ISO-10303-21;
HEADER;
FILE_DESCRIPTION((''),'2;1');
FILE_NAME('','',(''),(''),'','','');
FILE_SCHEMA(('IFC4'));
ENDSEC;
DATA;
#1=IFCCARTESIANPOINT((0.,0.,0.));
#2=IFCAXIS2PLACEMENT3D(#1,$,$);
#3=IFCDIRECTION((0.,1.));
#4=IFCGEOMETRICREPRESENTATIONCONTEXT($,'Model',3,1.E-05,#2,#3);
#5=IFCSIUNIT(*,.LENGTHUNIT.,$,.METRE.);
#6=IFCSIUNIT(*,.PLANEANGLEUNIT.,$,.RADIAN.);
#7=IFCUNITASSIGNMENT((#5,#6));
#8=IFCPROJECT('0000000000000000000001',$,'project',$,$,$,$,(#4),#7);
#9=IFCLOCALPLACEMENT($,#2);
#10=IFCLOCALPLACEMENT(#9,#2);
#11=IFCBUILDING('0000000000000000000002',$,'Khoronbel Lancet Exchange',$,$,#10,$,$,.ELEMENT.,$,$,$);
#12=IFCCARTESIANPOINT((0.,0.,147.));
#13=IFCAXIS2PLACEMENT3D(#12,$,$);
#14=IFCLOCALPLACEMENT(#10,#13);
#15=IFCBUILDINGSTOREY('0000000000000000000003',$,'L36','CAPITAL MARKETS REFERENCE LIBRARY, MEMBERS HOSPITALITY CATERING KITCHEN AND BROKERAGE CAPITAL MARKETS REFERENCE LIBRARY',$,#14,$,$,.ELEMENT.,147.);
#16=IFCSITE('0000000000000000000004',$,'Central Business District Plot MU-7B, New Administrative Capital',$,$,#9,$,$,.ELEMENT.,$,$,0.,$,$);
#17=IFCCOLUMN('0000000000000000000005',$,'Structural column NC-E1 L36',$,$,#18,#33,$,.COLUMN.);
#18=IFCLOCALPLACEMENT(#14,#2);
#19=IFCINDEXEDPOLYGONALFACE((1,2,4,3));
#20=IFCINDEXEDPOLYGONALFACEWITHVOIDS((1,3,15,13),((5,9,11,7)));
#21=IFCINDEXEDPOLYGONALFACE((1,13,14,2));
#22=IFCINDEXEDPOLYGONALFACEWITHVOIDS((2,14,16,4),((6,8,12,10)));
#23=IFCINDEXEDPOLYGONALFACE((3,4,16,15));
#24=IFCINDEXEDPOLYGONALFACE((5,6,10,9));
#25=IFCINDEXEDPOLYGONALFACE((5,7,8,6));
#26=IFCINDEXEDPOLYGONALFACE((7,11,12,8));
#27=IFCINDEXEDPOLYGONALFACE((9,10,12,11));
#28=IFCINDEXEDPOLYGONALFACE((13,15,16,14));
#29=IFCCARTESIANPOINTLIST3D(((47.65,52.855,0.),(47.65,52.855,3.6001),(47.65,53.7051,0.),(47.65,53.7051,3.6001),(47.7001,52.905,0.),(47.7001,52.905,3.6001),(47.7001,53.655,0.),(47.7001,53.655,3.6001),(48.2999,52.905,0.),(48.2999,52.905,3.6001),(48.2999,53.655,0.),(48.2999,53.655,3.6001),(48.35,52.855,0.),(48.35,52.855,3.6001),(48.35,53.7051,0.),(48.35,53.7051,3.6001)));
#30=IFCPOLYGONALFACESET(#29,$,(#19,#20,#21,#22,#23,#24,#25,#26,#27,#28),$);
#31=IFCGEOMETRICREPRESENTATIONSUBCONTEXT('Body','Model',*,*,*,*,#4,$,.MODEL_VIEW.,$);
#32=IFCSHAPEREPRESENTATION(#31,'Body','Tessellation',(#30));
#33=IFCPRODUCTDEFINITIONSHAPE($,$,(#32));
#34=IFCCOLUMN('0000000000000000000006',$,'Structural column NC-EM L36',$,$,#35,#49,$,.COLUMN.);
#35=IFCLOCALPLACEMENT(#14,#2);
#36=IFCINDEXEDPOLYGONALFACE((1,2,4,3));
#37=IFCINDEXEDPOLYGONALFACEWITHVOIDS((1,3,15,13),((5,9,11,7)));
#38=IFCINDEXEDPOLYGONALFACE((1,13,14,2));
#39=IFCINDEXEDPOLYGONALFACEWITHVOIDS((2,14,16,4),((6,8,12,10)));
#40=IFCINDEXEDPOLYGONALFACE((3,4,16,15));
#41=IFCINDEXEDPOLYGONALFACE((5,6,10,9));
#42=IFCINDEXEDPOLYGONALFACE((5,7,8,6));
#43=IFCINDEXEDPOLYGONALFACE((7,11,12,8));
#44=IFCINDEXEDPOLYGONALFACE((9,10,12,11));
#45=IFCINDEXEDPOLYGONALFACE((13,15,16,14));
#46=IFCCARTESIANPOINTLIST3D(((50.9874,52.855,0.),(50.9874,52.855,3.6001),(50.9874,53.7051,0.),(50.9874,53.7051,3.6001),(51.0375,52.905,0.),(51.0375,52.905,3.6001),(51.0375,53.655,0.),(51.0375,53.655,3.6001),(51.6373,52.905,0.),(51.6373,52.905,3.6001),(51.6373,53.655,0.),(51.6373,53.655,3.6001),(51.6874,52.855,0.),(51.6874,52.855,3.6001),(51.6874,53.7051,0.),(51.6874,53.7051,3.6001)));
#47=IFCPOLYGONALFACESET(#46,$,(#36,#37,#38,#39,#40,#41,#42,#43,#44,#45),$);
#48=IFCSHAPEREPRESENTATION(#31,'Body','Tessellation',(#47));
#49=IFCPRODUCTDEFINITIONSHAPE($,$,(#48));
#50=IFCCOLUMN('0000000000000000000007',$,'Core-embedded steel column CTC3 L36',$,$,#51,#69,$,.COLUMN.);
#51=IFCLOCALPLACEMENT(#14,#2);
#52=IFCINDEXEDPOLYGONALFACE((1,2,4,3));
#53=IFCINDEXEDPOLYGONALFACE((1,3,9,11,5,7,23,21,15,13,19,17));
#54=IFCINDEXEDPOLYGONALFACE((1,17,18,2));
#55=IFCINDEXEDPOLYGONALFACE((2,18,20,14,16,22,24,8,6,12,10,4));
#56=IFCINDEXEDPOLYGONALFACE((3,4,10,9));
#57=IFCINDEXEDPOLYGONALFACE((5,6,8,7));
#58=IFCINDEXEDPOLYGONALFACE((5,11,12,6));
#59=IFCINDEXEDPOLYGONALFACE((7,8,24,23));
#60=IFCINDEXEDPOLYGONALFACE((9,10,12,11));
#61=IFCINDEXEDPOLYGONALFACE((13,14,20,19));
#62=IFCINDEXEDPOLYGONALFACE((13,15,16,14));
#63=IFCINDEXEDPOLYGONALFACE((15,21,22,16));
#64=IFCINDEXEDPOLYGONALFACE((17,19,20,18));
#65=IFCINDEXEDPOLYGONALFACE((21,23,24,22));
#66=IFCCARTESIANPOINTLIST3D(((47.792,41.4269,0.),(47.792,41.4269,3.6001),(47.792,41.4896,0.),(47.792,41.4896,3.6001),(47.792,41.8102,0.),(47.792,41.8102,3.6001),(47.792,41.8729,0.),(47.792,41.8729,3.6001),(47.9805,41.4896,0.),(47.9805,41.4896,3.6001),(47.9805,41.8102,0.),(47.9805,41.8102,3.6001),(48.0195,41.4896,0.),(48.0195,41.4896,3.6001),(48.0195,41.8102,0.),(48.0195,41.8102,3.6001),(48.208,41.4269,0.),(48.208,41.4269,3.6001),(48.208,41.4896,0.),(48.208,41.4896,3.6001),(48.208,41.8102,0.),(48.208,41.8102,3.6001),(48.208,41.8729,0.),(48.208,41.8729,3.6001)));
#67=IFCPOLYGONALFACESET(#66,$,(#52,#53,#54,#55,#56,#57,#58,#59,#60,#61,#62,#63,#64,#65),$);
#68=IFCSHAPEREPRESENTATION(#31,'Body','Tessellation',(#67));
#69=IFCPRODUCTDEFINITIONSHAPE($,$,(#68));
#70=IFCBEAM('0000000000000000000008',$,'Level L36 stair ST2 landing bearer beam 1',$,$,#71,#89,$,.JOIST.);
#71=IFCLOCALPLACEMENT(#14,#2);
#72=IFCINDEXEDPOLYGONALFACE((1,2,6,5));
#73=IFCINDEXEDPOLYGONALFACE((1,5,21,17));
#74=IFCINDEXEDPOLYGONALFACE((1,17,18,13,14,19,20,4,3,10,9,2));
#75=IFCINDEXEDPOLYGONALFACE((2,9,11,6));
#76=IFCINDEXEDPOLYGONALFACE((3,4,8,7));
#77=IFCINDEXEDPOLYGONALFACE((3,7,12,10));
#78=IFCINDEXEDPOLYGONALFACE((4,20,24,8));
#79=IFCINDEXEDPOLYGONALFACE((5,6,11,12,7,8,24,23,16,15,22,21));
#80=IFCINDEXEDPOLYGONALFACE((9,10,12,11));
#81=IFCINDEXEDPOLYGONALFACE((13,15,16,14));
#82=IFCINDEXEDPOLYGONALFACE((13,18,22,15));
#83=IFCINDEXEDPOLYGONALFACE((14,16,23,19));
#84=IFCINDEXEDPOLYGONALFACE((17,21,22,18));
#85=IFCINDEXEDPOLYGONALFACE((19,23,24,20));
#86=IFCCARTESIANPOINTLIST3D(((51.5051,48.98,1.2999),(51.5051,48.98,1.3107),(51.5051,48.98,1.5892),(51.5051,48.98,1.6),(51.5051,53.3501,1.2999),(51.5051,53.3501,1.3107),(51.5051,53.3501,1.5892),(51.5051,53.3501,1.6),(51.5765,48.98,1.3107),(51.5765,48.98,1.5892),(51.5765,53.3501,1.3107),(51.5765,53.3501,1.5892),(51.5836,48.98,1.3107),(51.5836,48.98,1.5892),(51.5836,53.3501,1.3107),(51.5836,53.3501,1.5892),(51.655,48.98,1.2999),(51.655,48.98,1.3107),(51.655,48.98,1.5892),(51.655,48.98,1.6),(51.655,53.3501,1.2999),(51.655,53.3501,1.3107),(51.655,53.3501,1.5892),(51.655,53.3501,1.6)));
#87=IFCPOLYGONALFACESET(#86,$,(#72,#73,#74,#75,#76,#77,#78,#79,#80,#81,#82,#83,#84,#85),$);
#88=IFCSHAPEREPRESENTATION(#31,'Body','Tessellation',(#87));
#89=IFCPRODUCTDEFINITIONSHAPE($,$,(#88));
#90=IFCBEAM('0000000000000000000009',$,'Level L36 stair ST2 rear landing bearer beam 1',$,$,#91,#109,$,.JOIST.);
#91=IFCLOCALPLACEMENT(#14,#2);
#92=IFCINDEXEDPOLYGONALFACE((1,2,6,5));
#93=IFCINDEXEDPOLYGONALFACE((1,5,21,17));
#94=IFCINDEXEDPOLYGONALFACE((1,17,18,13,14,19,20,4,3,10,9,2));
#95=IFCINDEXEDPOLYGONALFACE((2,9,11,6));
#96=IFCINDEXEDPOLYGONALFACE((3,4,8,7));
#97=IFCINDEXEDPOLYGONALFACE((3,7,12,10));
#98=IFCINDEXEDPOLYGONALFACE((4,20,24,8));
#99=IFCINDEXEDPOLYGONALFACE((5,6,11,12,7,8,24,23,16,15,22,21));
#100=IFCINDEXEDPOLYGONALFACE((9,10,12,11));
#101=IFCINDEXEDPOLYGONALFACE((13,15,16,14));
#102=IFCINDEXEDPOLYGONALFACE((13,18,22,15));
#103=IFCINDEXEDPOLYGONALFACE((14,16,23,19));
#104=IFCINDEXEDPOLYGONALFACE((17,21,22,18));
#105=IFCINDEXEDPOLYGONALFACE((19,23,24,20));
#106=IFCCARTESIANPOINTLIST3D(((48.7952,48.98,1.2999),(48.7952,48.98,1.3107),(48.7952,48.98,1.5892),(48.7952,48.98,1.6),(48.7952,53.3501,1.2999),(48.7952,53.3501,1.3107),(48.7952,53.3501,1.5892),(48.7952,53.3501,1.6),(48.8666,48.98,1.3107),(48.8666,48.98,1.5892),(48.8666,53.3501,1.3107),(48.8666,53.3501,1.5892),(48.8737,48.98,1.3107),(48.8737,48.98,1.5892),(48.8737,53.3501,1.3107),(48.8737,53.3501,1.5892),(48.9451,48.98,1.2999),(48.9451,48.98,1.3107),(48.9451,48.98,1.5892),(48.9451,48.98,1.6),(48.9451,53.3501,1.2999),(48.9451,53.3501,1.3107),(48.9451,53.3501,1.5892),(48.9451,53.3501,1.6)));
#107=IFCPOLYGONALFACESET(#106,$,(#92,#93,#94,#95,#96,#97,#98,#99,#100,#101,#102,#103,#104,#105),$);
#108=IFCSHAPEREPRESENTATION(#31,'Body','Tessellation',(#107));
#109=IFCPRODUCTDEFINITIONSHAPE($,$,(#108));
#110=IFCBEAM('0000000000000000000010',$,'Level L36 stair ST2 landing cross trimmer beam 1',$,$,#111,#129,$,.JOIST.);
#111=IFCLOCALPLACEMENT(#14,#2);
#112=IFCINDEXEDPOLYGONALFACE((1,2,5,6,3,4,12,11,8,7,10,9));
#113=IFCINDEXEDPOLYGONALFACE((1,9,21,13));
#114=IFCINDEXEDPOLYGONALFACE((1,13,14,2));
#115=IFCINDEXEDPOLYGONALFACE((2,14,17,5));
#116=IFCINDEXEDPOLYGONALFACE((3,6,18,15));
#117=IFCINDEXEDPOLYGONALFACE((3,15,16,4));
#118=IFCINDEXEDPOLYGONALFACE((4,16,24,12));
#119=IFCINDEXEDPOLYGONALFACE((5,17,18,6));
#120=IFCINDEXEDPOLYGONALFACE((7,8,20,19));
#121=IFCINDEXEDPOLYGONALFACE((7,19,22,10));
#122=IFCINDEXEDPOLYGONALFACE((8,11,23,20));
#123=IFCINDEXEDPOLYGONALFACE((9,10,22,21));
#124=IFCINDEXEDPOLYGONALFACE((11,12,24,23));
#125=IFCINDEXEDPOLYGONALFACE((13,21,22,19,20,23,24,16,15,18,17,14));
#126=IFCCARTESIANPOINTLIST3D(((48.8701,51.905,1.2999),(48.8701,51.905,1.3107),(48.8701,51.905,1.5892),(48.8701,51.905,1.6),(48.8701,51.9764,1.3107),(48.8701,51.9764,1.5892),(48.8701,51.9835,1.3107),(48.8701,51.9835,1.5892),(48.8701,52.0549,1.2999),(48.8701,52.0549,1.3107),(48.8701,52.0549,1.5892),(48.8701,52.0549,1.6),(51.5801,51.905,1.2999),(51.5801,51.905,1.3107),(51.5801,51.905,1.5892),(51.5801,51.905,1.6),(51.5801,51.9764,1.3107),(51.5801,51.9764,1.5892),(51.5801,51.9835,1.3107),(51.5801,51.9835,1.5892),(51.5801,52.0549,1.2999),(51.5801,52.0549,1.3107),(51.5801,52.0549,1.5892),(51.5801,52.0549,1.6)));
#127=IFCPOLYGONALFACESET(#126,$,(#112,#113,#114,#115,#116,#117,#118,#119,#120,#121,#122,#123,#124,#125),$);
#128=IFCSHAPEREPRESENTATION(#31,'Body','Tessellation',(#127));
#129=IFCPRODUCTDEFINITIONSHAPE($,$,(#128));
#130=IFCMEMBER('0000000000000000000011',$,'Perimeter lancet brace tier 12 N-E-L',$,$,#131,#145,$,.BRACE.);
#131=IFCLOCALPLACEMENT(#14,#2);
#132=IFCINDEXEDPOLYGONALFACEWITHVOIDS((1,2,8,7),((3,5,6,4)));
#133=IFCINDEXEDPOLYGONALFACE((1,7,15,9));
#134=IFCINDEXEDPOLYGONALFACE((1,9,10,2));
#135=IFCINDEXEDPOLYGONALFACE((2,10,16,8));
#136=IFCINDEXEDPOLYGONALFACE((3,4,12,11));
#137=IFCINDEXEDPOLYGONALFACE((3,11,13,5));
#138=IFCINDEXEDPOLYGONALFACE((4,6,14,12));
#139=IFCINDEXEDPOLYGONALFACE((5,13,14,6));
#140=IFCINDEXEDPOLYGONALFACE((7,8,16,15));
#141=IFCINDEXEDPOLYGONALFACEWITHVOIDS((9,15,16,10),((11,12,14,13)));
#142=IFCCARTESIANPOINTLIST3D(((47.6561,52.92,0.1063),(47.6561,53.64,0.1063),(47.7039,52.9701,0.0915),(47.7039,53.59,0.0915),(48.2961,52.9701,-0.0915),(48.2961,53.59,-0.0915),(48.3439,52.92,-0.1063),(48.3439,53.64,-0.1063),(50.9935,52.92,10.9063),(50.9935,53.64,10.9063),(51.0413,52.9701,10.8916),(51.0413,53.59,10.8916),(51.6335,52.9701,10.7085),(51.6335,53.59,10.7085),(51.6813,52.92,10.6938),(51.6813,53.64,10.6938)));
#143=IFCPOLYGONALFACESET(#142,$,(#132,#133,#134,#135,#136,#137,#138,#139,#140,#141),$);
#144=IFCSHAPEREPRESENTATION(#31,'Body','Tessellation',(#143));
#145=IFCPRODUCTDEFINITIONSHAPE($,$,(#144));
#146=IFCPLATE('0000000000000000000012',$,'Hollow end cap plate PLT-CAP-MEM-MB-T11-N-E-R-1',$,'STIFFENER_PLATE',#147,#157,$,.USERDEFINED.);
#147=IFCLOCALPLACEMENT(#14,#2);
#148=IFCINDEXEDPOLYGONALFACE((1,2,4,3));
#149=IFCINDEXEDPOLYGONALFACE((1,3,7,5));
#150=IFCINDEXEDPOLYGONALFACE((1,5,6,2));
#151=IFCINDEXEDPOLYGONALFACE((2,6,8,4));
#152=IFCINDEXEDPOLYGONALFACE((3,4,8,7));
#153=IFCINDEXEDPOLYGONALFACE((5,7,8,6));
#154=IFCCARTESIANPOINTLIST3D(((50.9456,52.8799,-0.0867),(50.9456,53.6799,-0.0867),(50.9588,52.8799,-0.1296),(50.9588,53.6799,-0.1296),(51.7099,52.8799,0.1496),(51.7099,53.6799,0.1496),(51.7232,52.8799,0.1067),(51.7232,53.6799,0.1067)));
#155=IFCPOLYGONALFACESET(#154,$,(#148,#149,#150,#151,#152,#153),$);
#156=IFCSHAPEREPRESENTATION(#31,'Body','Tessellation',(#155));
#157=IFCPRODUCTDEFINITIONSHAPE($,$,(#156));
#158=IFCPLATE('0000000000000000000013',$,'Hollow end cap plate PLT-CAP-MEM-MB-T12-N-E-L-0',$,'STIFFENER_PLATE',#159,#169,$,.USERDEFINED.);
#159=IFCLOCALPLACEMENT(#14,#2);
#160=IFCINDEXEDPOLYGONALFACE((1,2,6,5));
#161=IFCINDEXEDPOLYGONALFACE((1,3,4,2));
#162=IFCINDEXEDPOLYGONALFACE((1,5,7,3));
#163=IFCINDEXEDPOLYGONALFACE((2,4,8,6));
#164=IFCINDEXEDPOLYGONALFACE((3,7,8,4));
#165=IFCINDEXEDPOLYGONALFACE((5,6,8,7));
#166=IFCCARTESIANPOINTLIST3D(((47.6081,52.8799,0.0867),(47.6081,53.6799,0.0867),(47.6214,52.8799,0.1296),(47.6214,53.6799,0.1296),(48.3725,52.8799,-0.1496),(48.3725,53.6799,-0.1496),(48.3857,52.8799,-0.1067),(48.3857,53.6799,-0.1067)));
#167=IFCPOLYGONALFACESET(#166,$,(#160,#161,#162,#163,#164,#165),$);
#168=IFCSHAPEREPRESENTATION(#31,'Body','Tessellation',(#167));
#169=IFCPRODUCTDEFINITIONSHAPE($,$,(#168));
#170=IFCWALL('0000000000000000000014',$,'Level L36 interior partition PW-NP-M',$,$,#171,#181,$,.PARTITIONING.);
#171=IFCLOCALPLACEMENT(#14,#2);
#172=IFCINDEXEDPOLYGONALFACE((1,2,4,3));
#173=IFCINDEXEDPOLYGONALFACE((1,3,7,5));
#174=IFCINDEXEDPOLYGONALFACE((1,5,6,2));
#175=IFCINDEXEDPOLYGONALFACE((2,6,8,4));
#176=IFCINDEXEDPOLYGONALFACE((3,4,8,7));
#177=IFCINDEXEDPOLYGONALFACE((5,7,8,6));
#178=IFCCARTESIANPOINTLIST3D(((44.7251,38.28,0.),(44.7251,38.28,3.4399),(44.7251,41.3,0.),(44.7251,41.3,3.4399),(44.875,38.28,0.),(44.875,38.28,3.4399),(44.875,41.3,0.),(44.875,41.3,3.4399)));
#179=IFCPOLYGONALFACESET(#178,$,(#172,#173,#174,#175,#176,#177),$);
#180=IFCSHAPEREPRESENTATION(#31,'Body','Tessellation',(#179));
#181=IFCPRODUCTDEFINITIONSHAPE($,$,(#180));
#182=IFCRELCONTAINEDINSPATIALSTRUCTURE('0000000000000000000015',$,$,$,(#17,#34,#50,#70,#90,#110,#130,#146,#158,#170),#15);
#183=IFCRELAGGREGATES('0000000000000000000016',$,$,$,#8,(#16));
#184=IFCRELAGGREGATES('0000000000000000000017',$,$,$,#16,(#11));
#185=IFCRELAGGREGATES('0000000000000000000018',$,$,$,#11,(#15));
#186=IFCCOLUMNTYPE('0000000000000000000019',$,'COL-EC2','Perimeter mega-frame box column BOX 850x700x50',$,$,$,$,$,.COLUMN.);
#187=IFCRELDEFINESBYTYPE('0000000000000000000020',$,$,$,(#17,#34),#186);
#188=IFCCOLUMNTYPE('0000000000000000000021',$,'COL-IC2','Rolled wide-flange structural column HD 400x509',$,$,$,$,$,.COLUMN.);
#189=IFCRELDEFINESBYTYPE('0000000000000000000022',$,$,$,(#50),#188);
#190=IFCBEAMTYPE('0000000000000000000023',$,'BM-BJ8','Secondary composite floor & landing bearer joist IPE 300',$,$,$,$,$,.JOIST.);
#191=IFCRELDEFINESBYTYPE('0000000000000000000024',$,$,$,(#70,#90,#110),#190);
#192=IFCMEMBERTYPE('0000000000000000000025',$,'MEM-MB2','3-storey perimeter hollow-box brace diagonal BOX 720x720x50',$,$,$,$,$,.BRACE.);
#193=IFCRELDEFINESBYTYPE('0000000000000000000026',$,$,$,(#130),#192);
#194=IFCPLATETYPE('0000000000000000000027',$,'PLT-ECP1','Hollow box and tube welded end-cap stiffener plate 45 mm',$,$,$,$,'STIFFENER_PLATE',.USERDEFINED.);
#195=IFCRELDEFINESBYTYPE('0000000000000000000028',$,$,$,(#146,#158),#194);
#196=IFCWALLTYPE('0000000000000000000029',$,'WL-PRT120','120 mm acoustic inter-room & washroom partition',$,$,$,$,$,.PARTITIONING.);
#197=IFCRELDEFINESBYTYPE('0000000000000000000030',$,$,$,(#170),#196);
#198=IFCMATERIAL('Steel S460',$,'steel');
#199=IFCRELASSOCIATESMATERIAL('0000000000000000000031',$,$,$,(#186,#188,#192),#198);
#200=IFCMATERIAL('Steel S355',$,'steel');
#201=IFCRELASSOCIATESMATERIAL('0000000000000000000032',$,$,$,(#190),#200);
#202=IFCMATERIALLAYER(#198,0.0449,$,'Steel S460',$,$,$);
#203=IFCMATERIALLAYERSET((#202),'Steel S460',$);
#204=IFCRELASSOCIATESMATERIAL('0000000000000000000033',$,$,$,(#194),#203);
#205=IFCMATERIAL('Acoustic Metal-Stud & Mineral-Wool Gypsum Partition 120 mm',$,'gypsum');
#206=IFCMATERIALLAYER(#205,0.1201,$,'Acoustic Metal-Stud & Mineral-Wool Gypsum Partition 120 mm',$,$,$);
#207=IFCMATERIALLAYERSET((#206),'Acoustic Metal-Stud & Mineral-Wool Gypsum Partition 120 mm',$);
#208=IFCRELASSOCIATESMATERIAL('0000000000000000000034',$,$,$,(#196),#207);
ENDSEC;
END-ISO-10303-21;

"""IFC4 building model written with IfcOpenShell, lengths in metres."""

from ifc_helpers import new_model, si_unit, direction, frame, frame_2d, origin, origin_2d, place, context, subcontext, project, spatial, polyline, rectangle, hollow_rectangle, i_section, outline, extrude, material, layer, layer_set, material_profile, profile_set, type_object, element, save


model = new_model("IFC4")

# Units and contexts
model_context = context("Model", 3, precision=1e-05, world=origin(), true_north=direction((0.0, 1.0)))
body_context = subcontext(model_context, "Body", "Model", "MODEL_VIEW")
ifc_project = project(units=[si_unit("LENGTHUNIT", "METRE"), si_unit("PLANEANGLEUNIT", "RADIAN")], contexts=[model_context])

# Site, building, storey
site_placement = place(None, origin())
site = spatial("IfcSite", under=ifc_project, at=site_placement, Name="Central Business District Plot MU-7B, New Administrative Capital", CompositionType="ELEMENT", RefElevation=0.0)
building_placement = place(site_placement, origin())
building = spatial("IfcBuilding", under=site, at=building_placement, Name="Khoronbel Lancet Exchange", CompositionType="ELEMENT")
storey_placement = place(building_placement, frame((0.0, 0.0, 147.0)))
storey = spatial("IfcBuildingStorey", under=building, at=storey_placement, Name="L36", Description="CAPITAL MARKETS REFERENCE LIBRARY, MEMBERS HOSPITALITY CATERING KITCHEN AND BROKERAGE CAPITAL MARKETS REFERENCE LIBRARY", CompositionType="ELEMENT", Elevation=147.0)

# Columns
ifc_material_1 = material(Name="Steel S460", Category="steel")
ifc_material_profile_1 = material_profile(ifc_material_1, hollow_rectangle(XDim=0.7, YDim=0.8501, WallThickness=0.05, at=origin_2d()), Name="BOX 850x700x50")
ifc_profile_set_1 = profile_set([ifc_material_profile_1], Name="Steel S460")
column_type_1 = type_object("IfcColumnType", Name="COL-EC2", Description="Perimeter mega-frame box column BOX 850x700x50", PredefinedType="COLUMN", material=ifc_profile_set_1)
for number, where, z_axis, x_axis, name in (
    (1, (48.0, 53.28, 0.0), (0.0, 0.0, 1.0), (1.0, 0.0, 0.0), "Structural column NC-E1 L36"),
    (2, (51.3374, 53.28, 0.0), (0.0, 0.0, 1.0), (1.0, 0.0, 0.0), "Structural column NC-EM L36"),
):
    element("IfcColumn", number, at=place(storey_placement, frame(where, z_axis=z_axis, x_axis=x_axis)), inside=storey, type_object=column_type_1, Name=name, PredefinedType="COLUMN", context=body_context, shape_type="SweptSolid", body=[
        extrude(hollow_rectangle(XDim=0.7, YDim=0.8501, WallThickness=0.05, at=origin_2d()), origin(), (0.0, 0.0, 1.0), 3.6001),
    ])
ifc_material_profile_2 = material_profile(ifc_material_1, i_section(OverallWidth=0.416, OverallDepth=0.446, WebThickness=0.0391, FlangeThickness=0.0627, at=origin_2d()), Name="HD 400x509")
ifc_profile_set_2 = profile_set([ifc_material_profile_2], Name="Steel S460")
column_type_2 = type_object("IfcColumnType", Name="COL-IC2", Description="Rolled wide-flange structural column HD 400x509", PredefinedType="COLUMN", material=ifc_profile_set_2)
column_placement = place(storey_placement, frame((48.0, 41.6499, 0.0), z_axis=(0.0, 0.0, 1.0), x_axis=(1.0, 0.0, 0.0)))
element("IfcColumn", 3, at=column_placement, inside=storey, type_object=column_type_2, Name="Core-embedded steel column CTC3 L36", PredefinedType="COLUMN", context=body_context, shape_type="SweptSolid", body=[
    extrude(i_section(OverallWidth=0.416, OverallDepth=0.446, WebThickness=0.0391, FlangeThickness=0.0627, at=origin_2d()), origin(), (0.0, 0.0, 1.0), 3.6001),
])

# Beams
ifc_material_2 = material(Name="Steel S355", Category="steel")
ifc_material_profile_3 = material_profile(ifc_material_2, i_section(OverallWidth=0.1499, OverallDepth=0.3, WebThickness=0.0071, FlangeThickness=0.0107, at=origin_2d()), Name="IPE 300")
ifc_profile_set_3 = profile_set([ifc_material_profile_3], Name="Steel S355")
beam_type = type_object("IfcBeamType", Name="BM-BJ8", Description="Secondary composite floor & landing bearer joist IPE 300", PredefinedType="JOIST", material=ifc_profile_set_3)
for number, where, z_axis, x_axis, name in (
    (4, (51.5801, 48.98, 1.45), (0.0, 1.0, 0.0), (-1.0, 0.0, 0.0), "Level L36 stair ST2 landing bearer beam 1"),
    (5, (48.8701, 48.98, 1.45), (0.0, 1.0, 0.0), (-1.0, 0.0, 0.0), "Level L36 stair ST2 rear landing bearer beam 1"),
):
    element("IfcBeam", number, at=place(storey_placement, frame(where, z_axis=z_axis, x_axis=x_axis)), inside=storey, type_object=beam_type, Name=name, PredefinedType="JOIST", context=body_context, shape_type="SweptSolid", body=[
        extrude(i_section(OverallWidth=0.1499, OverallDepth=0.3, WebThickness=0.0071, FlangeThickness=0.0107, at=origin_2d()), origin(), (0.0, 0.0, 1.0), 4.3701),
    ])
beam_placement = place(storey_placement, frame((48.8701, 51.98, 1.45), z_axis=(1.0, 0.0, 0.0), x_axis=(0.0, 1.0, 0.0)))
element("IfcBeam", 6, at=beam_placement, inside=storey, type_object=beam_type, Name="Level L36 stair ST2 landing cross trimmer beam 1", PredefinedType="JOIST", context=body_context, shape_type="SweptSolid", body=[
    extrude(i_section(OverallWidth=0.1499, OverallDepth=0.3, WebThickness=0.0071, FlangeThickness=0.0107, at=origin_2d()), origin(), (0.0, 0.0, 1.0), 2.71),
])

# Member
ifc_material_profile_4 = material_profile(ifc_material_1, hollow_rectangle(XDim=0.72, YDim=0.72, WallThickness=0.05, at=origin_2d()), Name="BOX 720x720x50")
ifc_profile_set_4 = profile_set([ifc_material_profile_4], Name="Steel S460")
member_type = type_object("IfcMemberType", Name="MEM-MB2", Description="3-storey perimeter hollow-box brace diagonal BOX 720x720x50", PredefinedType="BRACE", material=ifc_profile_set_4)
member_placement = place(storey_placement, frame((48.0, 53.28, 0.0), z_axis=(0.295242, 0.0, 0.955422), x_axis=(0.0, 1.0, 0.0)))
element("IfcMember", 7, at=member_placement, inside=storey, type_object=member_type, Name="Perimeter lancet brace tier 12 N-E-L", PredefinedType="BRACE", context=body_context, shape_type="SweptSolid", body=[
    extrude(hollow_rectangle(XDim=0.72, YDim=0.72, WallThickness=0.05, at=origin_2d()), origin(), (0.0, 0.0, 1.0), 11.304),
])

# Plates
ifc_layer_1 = layer(ifc_material_1, 0.0449, Name="Steel S460")
ifc_layer_set_1 = layer_set([ifc_layer_1], Name="Steel S460")
plate_type = type_object("IfcPlateType", Name="PLT-ECP1", Description="Hollow box and tube welded end-cap stiffener plate 45 mm", ElementType="STIFFENER_PLATE", PredefinedType="USERDEFINED", material=ifc_layer_set_1)
for number, where, z_axis, x_axis, name in (
    (8, (50.9456, 53.6799, -0.0867), (-0.295372, 0.0, 0.955382), (0.0, -1.0, 0.0), "Hollow end cap plate PLT-CAP-MEM-MB-T11-N-E-R-1"),
    (9, (48.3857, 52.8799, -0.1067), (0.295372, 0.0, 0.955382), (0.0, 1.0, 0.0), "Hollow end cap plate PLT-CAP-MEM-MB-T12-N-E-L-0"),
):
    element("IfcPlate", number, at=place(storey_placement, frame(where, z_axis=z_axis, x_axis=x_axis)), inside=storey, type_object=plate_type, Name=name, ObjectType="STIFFENER_PLATE", PredefinedType="USERDEFINED", context=body_context, shape_type="SweptSolid", body=[
        extrude(outline(polyline([(0.0, 0.0), (0.8, 0.0), (0.8, 0.8), (0.0, 0.8), (0.0, 0.0)])), origin(), (0.0, 0.0, -1.0), 0.0449),
    ])

# Wall
ifc_material_3 = material(Name="Acoustic Metal-Stud & Mineral-Wool Gypsum Partition 120 mm", Category="gypsum")
ifc_layer_2 = layer(ifc_material_3, 0.1201, Name="Acoustic Metal-Stud & Mineral-Wool Gypsum Partition 120 mm")
ifc_layer_set_2 = layer_set([ifc_layer_2], Name="Acoustic Metal-Stud & Mineral-Wool Gypsum Partition 120 mm")
wall_type_1 = type_object("IfcWallType", Name="WL-PRT120", Description="120 mm acoustic inter-room & washroom partition", PredefinedType="PARTITIONING", material=ifc_layer_set_2)
wall_1_placement = place(storey_placement, frame((44.8, 38.28, 0.0), z_axis=(0.0, 0.0, 1.0), x_axis=(0.0, 1.0, 0.0)))
element("IfcWall", 10, at=wall_1_placement, inside=storey, type_object=wall_type_1, Name="Level L36 interior partition PW-NP-M", PredefinedType="PARTITIONING", context=body_context, shape_type="SweptSolid", body=[
    extrude(rectangle(XDim=3.02, YDim=0.1499, at=frame_2d((1.51, 0.0))), origin(), (0.0, 0.0, 1.0), 3.4399),
])

save(model, "model.ifc")
